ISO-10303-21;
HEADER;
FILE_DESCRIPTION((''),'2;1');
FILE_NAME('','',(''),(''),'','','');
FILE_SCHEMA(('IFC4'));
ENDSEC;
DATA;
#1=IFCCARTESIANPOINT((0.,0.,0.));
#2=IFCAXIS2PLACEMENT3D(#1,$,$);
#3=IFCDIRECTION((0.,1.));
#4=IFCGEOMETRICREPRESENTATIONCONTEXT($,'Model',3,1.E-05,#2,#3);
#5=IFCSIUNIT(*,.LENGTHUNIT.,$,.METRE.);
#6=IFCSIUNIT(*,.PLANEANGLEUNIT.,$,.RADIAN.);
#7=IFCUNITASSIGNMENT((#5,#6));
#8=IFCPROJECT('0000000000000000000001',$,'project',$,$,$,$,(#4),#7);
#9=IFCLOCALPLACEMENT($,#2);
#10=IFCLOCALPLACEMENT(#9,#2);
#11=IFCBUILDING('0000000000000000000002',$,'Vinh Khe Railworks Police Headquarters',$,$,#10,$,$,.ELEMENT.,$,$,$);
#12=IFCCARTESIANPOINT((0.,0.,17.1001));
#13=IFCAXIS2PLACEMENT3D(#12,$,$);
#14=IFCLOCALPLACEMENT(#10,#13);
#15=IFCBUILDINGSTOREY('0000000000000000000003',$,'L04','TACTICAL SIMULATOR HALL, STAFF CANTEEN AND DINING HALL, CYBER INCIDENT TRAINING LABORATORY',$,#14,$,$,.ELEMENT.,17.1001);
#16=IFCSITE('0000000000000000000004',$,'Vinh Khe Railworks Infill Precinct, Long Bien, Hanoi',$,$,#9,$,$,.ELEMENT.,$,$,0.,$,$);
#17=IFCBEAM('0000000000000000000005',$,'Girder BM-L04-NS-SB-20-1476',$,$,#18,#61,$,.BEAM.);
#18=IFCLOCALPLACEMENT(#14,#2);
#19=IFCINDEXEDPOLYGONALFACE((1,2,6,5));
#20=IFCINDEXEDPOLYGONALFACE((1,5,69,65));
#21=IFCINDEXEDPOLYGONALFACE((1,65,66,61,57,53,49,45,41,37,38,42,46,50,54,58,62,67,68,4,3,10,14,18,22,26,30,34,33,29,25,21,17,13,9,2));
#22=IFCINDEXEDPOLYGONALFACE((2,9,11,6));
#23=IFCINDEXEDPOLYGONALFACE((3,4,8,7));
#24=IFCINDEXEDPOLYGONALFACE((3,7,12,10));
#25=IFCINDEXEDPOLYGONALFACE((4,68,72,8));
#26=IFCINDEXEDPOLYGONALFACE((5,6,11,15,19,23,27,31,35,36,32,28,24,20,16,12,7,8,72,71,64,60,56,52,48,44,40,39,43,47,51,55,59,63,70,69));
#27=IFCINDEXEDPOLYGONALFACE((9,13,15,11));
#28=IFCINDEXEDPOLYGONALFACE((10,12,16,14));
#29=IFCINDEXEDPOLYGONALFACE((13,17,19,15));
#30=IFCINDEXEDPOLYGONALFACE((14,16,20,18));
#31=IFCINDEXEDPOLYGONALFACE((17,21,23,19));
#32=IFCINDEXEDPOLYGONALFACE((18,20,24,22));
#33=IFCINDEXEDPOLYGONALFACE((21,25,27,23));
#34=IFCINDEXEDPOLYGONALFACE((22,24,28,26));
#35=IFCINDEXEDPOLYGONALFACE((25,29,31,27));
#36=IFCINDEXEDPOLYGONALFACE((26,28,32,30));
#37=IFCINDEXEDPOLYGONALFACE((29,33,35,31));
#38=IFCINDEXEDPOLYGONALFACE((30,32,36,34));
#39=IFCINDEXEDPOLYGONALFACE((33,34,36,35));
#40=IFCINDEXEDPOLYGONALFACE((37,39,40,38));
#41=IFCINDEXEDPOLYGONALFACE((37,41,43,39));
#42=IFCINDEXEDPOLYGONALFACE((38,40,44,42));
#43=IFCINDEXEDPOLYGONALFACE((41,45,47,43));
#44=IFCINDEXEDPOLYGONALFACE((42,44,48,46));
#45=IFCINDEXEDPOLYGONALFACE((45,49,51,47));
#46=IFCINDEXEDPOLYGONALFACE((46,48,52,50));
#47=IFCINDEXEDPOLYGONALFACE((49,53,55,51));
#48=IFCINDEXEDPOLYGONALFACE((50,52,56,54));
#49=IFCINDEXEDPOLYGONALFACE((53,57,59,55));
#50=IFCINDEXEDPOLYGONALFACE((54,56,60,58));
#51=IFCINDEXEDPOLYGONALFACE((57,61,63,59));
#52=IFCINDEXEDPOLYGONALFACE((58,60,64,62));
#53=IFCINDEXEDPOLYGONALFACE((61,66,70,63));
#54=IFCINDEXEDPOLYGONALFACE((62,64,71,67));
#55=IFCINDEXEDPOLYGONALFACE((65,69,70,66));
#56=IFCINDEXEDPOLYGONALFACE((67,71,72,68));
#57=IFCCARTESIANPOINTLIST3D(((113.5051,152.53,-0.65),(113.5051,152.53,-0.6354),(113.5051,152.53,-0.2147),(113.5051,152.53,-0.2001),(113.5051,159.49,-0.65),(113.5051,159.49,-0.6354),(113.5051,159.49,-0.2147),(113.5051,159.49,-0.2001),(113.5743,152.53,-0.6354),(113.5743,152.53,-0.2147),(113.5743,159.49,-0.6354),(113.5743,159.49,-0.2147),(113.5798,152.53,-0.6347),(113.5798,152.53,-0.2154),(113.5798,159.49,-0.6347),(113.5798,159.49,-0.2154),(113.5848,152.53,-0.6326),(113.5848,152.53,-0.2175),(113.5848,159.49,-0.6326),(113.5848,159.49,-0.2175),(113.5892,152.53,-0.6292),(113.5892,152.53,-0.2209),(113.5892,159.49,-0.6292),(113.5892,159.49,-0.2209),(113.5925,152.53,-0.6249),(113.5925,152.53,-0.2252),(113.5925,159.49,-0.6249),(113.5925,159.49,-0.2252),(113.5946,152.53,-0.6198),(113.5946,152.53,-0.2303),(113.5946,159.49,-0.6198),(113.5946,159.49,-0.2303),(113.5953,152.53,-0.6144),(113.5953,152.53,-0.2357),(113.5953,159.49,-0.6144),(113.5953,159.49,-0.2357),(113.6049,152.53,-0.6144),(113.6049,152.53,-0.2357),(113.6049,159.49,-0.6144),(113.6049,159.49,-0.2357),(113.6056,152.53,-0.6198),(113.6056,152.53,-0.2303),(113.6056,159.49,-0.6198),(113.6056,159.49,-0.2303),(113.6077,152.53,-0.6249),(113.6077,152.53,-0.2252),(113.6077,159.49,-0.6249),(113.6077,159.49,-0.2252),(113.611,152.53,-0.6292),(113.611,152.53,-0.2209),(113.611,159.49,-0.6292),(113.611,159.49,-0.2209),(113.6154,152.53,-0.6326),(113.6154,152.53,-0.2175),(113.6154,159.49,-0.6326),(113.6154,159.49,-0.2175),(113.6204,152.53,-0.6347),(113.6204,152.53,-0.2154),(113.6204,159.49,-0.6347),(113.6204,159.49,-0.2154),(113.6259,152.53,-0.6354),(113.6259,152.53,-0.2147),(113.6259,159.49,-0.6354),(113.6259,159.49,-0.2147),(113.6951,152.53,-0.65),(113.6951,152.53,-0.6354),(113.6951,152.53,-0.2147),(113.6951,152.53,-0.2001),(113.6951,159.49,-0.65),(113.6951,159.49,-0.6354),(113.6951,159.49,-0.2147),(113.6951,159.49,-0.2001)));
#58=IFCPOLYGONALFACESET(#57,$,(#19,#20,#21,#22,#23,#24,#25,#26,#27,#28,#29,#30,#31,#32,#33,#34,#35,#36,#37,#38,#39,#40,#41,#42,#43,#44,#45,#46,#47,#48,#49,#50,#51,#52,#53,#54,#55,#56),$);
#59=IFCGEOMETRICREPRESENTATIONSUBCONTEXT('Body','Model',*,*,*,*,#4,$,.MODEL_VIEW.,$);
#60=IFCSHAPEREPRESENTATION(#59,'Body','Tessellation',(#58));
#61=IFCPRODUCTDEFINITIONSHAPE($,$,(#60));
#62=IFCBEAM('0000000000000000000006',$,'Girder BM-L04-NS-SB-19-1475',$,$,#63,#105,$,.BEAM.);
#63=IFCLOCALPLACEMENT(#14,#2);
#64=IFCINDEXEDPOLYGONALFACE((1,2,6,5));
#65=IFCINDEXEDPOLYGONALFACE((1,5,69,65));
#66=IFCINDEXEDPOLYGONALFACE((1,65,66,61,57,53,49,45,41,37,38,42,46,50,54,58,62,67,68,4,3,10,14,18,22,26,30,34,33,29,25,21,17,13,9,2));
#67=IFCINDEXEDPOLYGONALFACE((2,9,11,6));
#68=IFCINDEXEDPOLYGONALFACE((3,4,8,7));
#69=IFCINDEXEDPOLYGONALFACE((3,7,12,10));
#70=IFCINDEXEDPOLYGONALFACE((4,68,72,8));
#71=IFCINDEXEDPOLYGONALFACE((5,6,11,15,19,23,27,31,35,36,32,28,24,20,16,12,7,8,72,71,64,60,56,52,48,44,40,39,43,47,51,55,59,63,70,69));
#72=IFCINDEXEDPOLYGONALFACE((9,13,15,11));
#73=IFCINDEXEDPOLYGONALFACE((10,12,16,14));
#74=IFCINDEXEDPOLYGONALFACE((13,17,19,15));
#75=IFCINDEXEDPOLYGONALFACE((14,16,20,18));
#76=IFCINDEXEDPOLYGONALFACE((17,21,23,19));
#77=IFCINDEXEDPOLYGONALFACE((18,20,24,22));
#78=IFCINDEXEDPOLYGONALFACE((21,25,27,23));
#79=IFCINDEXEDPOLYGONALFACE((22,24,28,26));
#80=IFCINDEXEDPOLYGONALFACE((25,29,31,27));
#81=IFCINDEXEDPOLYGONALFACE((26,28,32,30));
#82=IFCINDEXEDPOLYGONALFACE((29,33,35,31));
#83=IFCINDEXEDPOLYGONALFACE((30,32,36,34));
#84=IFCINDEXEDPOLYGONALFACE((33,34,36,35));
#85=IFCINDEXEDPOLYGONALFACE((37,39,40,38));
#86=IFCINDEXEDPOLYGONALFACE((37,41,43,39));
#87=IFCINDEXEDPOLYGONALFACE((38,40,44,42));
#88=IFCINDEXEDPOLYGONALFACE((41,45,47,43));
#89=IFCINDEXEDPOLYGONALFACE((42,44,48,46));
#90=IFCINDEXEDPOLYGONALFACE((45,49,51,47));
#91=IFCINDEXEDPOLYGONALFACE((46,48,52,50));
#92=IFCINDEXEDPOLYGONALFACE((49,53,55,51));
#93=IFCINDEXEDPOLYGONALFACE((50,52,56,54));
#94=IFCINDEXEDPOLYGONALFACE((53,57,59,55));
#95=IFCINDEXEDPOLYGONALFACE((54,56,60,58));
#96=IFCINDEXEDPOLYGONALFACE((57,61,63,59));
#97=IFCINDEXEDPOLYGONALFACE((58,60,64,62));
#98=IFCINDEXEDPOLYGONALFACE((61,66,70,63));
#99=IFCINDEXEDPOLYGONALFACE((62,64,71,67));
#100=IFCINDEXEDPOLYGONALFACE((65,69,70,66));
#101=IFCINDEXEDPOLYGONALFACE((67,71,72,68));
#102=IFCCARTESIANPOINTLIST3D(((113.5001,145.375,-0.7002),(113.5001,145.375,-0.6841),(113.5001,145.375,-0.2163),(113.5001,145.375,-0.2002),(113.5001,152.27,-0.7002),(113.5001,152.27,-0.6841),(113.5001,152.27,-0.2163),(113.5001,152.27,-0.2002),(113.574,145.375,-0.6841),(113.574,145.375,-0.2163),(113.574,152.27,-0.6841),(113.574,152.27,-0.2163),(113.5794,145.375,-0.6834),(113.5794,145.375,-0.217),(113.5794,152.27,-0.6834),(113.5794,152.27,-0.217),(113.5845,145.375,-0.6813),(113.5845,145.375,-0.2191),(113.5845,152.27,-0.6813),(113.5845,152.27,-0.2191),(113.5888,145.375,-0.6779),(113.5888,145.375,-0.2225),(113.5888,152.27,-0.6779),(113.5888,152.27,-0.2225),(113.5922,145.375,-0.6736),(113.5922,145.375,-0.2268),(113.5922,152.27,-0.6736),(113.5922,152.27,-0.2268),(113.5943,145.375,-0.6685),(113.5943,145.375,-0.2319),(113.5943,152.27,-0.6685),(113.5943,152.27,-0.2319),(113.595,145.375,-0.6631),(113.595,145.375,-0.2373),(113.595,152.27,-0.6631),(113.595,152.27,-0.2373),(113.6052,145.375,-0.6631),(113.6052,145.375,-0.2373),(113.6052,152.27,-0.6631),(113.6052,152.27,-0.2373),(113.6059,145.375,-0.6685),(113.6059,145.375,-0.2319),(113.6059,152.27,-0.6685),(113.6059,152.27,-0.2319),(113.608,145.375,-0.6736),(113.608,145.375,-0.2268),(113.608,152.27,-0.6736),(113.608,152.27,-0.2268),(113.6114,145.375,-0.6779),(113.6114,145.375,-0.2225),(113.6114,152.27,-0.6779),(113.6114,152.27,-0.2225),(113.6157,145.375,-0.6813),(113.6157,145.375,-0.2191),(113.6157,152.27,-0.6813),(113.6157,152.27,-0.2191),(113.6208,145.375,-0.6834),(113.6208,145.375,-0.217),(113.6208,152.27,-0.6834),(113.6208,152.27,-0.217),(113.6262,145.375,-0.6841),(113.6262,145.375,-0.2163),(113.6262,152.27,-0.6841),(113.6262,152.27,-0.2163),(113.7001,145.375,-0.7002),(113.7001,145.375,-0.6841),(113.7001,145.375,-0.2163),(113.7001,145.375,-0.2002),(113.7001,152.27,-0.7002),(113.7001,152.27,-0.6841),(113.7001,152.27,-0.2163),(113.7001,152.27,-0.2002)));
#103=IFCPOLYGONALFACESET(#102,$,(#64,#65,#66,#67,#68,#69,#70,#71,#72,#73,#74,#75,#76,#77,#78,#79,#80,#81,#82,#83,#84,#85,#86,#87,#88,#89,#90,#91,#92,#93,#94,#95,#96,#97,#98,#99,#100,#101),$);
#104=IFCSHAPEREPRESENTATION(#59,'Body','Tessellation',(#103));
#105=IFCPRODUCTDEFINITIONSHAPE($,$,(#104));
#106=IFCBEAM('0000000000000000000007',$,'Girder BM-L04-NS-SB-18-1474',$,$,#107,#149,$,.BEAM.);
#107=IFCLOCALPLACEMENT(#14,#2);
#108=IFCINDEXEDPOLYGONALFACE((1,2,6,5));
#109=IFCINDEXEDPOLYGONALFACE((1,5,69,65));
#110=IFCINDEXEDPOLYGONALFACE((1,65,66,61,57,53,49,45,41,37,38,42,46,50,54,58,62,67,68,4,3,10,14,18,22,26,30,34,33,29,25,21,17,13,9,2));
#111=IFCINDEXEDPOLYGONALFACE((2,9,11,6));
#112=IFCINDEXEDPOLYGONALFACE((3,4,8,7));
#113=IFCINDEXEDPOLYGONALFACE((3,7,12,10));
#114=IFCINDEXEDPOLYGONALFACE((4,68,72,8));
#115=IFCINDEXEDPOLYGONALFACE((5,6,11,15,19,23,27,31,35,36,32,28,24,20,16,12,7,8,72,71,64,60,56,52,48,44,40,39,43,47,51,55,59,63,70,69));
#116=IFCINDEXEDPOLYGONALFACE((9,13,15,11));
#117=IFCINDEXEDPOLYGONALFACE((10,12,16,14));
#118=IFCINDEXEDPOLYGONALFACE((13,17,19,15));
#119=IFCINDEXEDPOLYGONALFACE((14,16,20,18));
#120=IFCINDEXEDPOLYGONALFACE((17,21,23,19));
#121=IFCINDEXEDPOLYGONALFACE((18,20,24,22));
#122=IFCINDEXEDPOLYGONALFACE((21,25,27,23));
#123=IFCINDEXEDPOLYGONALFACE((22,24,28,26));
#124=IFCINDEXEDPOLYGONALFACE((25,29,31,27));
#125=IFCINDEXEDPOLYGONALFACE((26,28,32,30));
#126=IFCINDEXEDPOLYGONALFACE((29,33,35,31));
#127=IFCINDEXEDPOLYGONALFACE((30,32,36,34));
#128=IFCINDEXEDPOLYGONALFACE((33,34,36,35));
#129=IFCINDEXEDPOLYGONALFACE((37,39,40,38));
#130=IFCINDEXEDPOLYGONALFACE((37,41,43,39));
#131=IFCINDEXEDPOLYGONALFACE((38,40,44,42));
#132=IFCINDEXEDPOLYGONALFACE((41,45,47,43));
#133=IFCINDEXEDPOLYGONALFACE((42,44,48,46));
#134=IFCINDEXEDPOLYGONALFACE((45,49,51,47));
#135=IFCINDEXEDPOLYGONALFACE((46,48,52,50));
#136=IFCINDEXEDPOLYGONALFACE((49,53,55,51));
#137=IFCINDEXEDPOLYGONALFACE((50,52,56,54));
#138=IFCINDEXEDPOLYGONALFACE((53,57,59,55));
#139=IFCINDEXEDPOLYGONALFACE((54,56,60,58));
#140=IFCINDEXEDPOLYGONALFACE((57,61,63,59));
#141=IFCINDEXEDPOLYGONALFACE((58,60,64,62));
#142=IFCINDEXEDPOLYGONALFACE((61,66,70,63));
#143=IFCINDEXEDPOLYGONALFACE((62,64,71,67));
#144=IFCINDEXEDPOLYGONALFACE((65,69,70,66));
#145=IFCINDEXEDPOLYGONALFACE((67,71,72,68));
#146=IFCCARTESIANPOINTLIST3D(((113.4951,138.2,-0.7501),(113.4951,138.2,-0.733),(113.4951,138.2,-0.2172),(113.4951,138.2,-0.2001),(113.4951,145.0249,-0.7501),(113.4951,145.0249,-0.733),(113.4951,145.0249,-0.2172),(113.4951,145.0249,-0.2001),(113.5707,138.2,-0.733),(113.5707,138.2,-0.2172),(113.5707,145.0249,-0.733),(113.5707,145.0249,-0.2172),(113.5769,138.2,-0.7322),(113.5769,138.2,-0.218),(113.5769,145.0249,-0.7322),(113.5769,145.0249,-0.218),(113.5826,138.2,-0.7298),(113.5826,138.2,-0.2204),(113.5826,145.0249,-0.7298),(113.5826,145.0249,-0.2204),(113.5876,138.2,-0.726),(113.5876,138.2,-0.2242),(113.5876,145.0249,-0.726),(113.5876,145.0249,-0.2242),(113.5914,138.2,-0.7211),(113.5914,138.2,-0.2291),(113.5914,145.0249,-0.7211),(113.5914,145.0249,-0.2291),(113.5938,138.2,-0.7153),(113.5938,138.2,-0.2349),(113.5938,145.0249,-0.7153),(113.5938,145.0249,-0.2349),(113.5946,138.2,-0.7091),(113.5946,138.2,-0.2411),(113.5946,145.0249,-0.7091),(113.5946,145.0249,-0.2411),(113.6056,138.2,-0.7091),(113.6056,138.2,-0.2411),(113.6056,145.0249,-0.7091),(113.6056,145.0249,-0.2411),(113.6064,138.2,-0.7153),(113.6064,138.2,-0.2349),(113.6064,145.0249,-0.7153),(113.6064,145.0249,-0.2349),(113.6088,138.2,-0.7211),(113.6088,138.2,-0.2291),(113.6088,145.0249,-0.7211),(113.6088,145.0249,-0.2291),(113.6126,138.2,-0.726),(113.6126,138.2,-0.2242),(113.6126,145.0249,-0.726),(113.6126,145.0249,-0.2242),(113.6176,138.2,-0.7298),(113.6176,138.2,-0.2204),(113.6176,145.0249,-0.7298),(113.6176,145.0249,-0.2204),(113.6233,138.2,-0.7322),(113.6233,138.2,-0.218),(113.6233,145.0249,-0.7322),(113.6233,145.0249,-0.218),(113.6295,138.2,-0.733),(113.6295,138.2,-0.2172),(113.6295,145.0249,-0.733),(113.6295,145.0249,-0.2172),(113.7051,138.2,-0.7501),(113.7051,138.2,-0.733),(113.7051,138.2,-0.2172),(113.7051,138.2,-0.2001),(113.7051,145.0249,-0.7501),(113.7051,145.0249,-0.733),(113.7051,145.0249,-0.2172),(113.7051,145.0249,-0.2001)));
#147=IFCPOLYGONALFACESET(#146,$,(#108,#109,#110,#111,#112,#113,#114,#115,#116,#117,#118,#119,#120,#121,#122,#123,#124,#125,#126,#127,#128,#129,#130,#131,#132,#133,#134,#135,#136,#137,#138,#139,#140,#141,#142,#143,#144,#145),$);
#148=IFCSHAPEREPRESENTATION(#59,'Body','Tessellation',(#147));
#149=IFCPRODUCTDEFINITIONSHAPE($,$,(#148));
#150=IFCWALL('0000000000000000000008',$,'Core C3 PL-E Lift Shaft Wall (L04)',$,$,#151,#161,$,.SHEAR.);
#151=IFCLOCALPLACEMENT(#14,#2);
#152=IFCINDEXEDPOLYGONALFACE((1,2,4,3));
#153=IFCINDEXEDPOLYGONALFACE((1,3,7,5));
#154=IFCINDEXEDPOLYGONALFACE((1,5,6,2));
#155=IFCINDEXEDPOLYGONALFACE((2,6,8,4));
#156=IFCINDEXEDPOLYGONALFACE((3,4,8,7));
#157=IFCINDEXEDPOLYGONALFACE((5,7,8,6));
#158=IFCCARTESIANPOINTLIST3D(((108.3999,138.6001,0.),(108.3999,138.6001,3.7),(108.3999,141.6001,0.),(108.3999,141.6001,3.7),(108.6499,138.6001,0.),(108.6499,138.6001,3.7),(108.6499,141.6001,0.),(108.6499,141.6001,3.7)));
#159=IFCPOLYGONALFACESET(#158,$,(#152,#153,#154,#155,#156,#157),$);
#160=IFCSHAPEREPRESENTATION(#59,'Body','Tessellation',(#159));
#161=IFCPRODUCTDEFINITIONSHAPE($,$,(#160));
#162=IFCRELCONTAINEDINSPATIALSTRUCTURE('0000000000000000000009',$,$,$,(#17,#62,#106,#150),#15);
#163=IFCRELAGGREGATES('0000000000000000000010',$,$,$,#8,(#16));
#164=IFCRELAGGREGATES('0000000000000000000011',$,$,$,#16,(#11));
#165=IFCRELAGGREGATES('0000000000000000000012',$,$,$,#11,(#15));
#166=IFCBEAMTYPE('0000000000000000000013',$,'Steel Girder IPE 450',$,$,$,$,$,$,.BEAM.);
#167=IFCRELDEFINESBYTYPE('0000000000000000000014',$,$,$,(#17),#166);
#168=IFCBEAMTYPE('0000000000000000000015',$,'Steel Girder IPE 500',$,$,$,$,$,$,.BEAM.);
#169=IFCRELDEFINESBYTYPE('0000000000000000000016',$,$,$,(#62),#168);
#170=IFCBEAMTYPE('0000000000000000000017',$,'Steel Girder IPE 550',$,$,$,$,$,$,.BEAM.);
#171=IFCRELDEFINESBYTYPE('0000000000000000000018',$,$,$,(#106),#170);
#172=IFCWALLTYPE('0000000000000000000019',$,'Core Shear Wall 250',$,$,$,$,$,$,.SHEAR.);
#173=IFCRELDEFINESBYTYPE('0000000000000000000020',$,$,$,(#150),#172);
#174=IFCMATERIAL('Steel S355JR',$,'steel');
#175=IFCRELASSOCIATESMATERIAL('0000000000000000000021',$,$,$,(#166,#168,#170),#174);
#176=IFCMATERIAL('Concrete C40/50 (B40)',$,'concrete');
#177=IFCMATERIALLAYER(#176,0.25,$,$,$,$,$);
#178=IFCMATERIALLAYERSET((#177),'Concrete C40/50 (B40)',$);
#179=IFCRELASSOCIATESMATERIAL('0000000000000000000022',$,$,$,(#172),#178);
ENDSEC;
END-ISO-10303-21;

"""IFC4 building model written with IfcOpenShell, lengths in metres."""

from ifc_helpers import new_model, si_unit, direction, frame, frame_2d, origin, origin_2d, place, context, subcontext, project, spatial, rectangle, i_section, extrude, material, layer, layer_set, material_profile, profile_set, type_object, element, save


model = new_model("IFC4")

# Units and contexts
model_context = context("Model", 3, precision=1e-05, world=origin(), true_north=direction((0.0, 1.0)))
body_context = subcontext(model_context, "Body", "Model", "MODEL_VIEW")
ifc_project = project(units=[si_unit("LENGTHUNIT", "METRE"), si_unit("PLANEANGLEUNIT", "RADIAN")], contexts=[model_context])

# Site, building, storey
site_placement = place(None, origin())
site = spatial("IfcSite", under=ifc_project, at=site_placement, Name="Vinh Khe Railworks Infill Precinct, Long Bien, Hanoi", CompositionType="ELEMENT", RefElevation=0.0)
building_placement = place(site_placement, origin())
building = spatial("IfcBuilding", under=site, at=building_placement, Name="Vinh Khe Railworks Police Headquarters", CompositionType="ELEMENT")
storey_placement = place(building_placement, frame((0.0, 0.0, 17.1001)))
storey = spatial("IfcBuildingStorey", under=building, at=storey_placement, Name="L04", Description="TACTICAL SIMULATOR HALL, STAFF CANTEEN AND DINING HALL, CYBER INCIDENT TRAINING LABORATORY", CompositionType="ELEMENT", Elevation=17.1001)

# Shared definitions
ifc_material_1 = material(Name="Steel S355JR", Category="steel")

# Beams
ifc_material_profile_1 = material_profile(ifc_material_1, i_section(OverallWidth=0.1899, OverallDepth=0.45, WebThickness=0.0095, FlangeThickness=0.0146, FilletRadius=0.021, at=origin_2d()), Name="IPE 450")
ifc_profile_set_1 = profile_set([ifc_material_profile_1], Name="Steel S355JR")
beam_type_1 = type_object("IfcBeamType", Name="Steel Girder IPE 450", PredefinedType="BEAM", material=ifc_profile_set_1)
beam_1_placement = place(storey_placement, frame((113.6001, 152.53, -0.425), z_axis=(0.0, 1.0, 0.0), x_axis=(-1.0, 0.0, 0.0)))
element("IfcBeam", 1, at=beam_1_placement, inside=storey, type_object=beam_type_1, Name="Girder BM-L04-NS-SB-20-1476", PredefinedType="BEAM", context=body_context, shape_type="SweptSolid", body=[
    extrude(i_section(OverallWidth=0.1899, OverallDepth=0.45, WebThickness=0.0095, FlangeThickness=0.0146, FilletRadius=0.021, at=origin_2d()), origin(), (0.0, 0.0, 1.0), 6.96),
])
ifc_material_profile_2 = material_profile(ifc_material_1, i_section(OverallWidth=0.2, OverallDepth=0.5, WebThickness=0.0103, FlangeThickness=0.0161, FilletRadius=0.021, at=origin_2d()), Name="IPE 500")
ifc_profile_set_2 = profile_set([ifc_material_profile_2], Name="Steel S355JR")
beam_type_2 = type_object("IfcBeamType", Name="Steel Girder IPE 500", PredefinedType="BEAM", material=ifc_profile_set_2)
beam_2_placement = place(storey_placement, frame((113.6001, 145.375, -0.4502), z_axis=(0.0, 1.0, 0.0), x_axis=(-1.0, 0.0, 0.0)))
element("IfcBeam", 2, at=beam_2_placement, inside=storey, type_object=beam_type_2, Name="Girder BM-L04-NS-SB-19-1475", PredefinedType="BEAM", context=body_context, shape_type="SweptSolid", body=[
    extrude(i_section(OverallWidth=0.2, OverallDepth=0.5, WebThickness=0.0103, FlangeThickness=0.0161, FilletRadius=0.021, at=origin_2d()), origin(), (0.0, 0.0, 1.0), 6.895),
])
ifc_material_profile_3 = material_profile(ifc_material_1, i_section(OverallWidth=0.21, OverallDepth=0.55, WebThickness=0.011, FlangeThickness=0.0171, FilletRadius=0.0239, at=origin_2d()), Name="IPE 550")
ifc_profile_set_3 = profile_set([ifc_material_profile_3], Name="Steel S355JR")
beam_type_3 = type_object("IfcBeamType", Name="Steel Girder IPE 550", PredefinedType="BEAM", material=ifc_profile_set_3)
beam_3_placement = place(storey_placement, frame((113.6001, 138.2, -0.4751), z_axis=(0.0, 1.0, 0.0), x_axis=(-1.0, 0.0, 0.0)))
element("IfcBeam", 3, at=beam_3_placement, inside=storey, type_object=beam_type_3, Name="Girder BM-L04-NS-SB-18-1474", PredefinedType="BEAM", context=body_context, shape_type="SweptSolid", body=[
    extrude(i_section(OverallWidth=0.21, OverallDepth=0.55, WebThickness=0.011, FlangeThickness=0.0171, FilletRadius=0.0239, at=origin_2d()), origin(), (0.0, 0.0, 1.0), 6.825),
])

# Shared definitions
ifc_material_2 = material(Name="Concrete C40/50 (B40)", Category="concrete")
ifc_layer_1 = layer(ifc_material_2, 0.25)
ifc_layer_set_1 = layer_set([ifc_layer_1], Name="Concrete C40/50 (B40)")
wall_type_1 = type_object("IfcWallType", Name="Core Shear Wall 250", PredefinedType="SHEAR", material=ifc_layer_set_1)

# Wall
wall_1_placement = place(storey_placement, frame((108.5249, 138.6001, 0.0), z_axis=(0.0, 0.0, 1.0), x_axis=(0.0, 1.0, 0.0)))
element("IfcWall", 4, at=wall_1_placement, inside=storey, type_object=wall_type_1, Name="Core C3 PL-E Lift Shaft Wall (L04)", PredefinedType="SHEAR", context=body_context, shape_type="SweptSolid", body=[
    extrude(rectangle(XDim=3.0, YDim=0.25, at=frame_2d((1.5, 0.0))), origin(), (0.0, 0.0, 1.0), 3.7),
])

save(model, "model.ifc")
